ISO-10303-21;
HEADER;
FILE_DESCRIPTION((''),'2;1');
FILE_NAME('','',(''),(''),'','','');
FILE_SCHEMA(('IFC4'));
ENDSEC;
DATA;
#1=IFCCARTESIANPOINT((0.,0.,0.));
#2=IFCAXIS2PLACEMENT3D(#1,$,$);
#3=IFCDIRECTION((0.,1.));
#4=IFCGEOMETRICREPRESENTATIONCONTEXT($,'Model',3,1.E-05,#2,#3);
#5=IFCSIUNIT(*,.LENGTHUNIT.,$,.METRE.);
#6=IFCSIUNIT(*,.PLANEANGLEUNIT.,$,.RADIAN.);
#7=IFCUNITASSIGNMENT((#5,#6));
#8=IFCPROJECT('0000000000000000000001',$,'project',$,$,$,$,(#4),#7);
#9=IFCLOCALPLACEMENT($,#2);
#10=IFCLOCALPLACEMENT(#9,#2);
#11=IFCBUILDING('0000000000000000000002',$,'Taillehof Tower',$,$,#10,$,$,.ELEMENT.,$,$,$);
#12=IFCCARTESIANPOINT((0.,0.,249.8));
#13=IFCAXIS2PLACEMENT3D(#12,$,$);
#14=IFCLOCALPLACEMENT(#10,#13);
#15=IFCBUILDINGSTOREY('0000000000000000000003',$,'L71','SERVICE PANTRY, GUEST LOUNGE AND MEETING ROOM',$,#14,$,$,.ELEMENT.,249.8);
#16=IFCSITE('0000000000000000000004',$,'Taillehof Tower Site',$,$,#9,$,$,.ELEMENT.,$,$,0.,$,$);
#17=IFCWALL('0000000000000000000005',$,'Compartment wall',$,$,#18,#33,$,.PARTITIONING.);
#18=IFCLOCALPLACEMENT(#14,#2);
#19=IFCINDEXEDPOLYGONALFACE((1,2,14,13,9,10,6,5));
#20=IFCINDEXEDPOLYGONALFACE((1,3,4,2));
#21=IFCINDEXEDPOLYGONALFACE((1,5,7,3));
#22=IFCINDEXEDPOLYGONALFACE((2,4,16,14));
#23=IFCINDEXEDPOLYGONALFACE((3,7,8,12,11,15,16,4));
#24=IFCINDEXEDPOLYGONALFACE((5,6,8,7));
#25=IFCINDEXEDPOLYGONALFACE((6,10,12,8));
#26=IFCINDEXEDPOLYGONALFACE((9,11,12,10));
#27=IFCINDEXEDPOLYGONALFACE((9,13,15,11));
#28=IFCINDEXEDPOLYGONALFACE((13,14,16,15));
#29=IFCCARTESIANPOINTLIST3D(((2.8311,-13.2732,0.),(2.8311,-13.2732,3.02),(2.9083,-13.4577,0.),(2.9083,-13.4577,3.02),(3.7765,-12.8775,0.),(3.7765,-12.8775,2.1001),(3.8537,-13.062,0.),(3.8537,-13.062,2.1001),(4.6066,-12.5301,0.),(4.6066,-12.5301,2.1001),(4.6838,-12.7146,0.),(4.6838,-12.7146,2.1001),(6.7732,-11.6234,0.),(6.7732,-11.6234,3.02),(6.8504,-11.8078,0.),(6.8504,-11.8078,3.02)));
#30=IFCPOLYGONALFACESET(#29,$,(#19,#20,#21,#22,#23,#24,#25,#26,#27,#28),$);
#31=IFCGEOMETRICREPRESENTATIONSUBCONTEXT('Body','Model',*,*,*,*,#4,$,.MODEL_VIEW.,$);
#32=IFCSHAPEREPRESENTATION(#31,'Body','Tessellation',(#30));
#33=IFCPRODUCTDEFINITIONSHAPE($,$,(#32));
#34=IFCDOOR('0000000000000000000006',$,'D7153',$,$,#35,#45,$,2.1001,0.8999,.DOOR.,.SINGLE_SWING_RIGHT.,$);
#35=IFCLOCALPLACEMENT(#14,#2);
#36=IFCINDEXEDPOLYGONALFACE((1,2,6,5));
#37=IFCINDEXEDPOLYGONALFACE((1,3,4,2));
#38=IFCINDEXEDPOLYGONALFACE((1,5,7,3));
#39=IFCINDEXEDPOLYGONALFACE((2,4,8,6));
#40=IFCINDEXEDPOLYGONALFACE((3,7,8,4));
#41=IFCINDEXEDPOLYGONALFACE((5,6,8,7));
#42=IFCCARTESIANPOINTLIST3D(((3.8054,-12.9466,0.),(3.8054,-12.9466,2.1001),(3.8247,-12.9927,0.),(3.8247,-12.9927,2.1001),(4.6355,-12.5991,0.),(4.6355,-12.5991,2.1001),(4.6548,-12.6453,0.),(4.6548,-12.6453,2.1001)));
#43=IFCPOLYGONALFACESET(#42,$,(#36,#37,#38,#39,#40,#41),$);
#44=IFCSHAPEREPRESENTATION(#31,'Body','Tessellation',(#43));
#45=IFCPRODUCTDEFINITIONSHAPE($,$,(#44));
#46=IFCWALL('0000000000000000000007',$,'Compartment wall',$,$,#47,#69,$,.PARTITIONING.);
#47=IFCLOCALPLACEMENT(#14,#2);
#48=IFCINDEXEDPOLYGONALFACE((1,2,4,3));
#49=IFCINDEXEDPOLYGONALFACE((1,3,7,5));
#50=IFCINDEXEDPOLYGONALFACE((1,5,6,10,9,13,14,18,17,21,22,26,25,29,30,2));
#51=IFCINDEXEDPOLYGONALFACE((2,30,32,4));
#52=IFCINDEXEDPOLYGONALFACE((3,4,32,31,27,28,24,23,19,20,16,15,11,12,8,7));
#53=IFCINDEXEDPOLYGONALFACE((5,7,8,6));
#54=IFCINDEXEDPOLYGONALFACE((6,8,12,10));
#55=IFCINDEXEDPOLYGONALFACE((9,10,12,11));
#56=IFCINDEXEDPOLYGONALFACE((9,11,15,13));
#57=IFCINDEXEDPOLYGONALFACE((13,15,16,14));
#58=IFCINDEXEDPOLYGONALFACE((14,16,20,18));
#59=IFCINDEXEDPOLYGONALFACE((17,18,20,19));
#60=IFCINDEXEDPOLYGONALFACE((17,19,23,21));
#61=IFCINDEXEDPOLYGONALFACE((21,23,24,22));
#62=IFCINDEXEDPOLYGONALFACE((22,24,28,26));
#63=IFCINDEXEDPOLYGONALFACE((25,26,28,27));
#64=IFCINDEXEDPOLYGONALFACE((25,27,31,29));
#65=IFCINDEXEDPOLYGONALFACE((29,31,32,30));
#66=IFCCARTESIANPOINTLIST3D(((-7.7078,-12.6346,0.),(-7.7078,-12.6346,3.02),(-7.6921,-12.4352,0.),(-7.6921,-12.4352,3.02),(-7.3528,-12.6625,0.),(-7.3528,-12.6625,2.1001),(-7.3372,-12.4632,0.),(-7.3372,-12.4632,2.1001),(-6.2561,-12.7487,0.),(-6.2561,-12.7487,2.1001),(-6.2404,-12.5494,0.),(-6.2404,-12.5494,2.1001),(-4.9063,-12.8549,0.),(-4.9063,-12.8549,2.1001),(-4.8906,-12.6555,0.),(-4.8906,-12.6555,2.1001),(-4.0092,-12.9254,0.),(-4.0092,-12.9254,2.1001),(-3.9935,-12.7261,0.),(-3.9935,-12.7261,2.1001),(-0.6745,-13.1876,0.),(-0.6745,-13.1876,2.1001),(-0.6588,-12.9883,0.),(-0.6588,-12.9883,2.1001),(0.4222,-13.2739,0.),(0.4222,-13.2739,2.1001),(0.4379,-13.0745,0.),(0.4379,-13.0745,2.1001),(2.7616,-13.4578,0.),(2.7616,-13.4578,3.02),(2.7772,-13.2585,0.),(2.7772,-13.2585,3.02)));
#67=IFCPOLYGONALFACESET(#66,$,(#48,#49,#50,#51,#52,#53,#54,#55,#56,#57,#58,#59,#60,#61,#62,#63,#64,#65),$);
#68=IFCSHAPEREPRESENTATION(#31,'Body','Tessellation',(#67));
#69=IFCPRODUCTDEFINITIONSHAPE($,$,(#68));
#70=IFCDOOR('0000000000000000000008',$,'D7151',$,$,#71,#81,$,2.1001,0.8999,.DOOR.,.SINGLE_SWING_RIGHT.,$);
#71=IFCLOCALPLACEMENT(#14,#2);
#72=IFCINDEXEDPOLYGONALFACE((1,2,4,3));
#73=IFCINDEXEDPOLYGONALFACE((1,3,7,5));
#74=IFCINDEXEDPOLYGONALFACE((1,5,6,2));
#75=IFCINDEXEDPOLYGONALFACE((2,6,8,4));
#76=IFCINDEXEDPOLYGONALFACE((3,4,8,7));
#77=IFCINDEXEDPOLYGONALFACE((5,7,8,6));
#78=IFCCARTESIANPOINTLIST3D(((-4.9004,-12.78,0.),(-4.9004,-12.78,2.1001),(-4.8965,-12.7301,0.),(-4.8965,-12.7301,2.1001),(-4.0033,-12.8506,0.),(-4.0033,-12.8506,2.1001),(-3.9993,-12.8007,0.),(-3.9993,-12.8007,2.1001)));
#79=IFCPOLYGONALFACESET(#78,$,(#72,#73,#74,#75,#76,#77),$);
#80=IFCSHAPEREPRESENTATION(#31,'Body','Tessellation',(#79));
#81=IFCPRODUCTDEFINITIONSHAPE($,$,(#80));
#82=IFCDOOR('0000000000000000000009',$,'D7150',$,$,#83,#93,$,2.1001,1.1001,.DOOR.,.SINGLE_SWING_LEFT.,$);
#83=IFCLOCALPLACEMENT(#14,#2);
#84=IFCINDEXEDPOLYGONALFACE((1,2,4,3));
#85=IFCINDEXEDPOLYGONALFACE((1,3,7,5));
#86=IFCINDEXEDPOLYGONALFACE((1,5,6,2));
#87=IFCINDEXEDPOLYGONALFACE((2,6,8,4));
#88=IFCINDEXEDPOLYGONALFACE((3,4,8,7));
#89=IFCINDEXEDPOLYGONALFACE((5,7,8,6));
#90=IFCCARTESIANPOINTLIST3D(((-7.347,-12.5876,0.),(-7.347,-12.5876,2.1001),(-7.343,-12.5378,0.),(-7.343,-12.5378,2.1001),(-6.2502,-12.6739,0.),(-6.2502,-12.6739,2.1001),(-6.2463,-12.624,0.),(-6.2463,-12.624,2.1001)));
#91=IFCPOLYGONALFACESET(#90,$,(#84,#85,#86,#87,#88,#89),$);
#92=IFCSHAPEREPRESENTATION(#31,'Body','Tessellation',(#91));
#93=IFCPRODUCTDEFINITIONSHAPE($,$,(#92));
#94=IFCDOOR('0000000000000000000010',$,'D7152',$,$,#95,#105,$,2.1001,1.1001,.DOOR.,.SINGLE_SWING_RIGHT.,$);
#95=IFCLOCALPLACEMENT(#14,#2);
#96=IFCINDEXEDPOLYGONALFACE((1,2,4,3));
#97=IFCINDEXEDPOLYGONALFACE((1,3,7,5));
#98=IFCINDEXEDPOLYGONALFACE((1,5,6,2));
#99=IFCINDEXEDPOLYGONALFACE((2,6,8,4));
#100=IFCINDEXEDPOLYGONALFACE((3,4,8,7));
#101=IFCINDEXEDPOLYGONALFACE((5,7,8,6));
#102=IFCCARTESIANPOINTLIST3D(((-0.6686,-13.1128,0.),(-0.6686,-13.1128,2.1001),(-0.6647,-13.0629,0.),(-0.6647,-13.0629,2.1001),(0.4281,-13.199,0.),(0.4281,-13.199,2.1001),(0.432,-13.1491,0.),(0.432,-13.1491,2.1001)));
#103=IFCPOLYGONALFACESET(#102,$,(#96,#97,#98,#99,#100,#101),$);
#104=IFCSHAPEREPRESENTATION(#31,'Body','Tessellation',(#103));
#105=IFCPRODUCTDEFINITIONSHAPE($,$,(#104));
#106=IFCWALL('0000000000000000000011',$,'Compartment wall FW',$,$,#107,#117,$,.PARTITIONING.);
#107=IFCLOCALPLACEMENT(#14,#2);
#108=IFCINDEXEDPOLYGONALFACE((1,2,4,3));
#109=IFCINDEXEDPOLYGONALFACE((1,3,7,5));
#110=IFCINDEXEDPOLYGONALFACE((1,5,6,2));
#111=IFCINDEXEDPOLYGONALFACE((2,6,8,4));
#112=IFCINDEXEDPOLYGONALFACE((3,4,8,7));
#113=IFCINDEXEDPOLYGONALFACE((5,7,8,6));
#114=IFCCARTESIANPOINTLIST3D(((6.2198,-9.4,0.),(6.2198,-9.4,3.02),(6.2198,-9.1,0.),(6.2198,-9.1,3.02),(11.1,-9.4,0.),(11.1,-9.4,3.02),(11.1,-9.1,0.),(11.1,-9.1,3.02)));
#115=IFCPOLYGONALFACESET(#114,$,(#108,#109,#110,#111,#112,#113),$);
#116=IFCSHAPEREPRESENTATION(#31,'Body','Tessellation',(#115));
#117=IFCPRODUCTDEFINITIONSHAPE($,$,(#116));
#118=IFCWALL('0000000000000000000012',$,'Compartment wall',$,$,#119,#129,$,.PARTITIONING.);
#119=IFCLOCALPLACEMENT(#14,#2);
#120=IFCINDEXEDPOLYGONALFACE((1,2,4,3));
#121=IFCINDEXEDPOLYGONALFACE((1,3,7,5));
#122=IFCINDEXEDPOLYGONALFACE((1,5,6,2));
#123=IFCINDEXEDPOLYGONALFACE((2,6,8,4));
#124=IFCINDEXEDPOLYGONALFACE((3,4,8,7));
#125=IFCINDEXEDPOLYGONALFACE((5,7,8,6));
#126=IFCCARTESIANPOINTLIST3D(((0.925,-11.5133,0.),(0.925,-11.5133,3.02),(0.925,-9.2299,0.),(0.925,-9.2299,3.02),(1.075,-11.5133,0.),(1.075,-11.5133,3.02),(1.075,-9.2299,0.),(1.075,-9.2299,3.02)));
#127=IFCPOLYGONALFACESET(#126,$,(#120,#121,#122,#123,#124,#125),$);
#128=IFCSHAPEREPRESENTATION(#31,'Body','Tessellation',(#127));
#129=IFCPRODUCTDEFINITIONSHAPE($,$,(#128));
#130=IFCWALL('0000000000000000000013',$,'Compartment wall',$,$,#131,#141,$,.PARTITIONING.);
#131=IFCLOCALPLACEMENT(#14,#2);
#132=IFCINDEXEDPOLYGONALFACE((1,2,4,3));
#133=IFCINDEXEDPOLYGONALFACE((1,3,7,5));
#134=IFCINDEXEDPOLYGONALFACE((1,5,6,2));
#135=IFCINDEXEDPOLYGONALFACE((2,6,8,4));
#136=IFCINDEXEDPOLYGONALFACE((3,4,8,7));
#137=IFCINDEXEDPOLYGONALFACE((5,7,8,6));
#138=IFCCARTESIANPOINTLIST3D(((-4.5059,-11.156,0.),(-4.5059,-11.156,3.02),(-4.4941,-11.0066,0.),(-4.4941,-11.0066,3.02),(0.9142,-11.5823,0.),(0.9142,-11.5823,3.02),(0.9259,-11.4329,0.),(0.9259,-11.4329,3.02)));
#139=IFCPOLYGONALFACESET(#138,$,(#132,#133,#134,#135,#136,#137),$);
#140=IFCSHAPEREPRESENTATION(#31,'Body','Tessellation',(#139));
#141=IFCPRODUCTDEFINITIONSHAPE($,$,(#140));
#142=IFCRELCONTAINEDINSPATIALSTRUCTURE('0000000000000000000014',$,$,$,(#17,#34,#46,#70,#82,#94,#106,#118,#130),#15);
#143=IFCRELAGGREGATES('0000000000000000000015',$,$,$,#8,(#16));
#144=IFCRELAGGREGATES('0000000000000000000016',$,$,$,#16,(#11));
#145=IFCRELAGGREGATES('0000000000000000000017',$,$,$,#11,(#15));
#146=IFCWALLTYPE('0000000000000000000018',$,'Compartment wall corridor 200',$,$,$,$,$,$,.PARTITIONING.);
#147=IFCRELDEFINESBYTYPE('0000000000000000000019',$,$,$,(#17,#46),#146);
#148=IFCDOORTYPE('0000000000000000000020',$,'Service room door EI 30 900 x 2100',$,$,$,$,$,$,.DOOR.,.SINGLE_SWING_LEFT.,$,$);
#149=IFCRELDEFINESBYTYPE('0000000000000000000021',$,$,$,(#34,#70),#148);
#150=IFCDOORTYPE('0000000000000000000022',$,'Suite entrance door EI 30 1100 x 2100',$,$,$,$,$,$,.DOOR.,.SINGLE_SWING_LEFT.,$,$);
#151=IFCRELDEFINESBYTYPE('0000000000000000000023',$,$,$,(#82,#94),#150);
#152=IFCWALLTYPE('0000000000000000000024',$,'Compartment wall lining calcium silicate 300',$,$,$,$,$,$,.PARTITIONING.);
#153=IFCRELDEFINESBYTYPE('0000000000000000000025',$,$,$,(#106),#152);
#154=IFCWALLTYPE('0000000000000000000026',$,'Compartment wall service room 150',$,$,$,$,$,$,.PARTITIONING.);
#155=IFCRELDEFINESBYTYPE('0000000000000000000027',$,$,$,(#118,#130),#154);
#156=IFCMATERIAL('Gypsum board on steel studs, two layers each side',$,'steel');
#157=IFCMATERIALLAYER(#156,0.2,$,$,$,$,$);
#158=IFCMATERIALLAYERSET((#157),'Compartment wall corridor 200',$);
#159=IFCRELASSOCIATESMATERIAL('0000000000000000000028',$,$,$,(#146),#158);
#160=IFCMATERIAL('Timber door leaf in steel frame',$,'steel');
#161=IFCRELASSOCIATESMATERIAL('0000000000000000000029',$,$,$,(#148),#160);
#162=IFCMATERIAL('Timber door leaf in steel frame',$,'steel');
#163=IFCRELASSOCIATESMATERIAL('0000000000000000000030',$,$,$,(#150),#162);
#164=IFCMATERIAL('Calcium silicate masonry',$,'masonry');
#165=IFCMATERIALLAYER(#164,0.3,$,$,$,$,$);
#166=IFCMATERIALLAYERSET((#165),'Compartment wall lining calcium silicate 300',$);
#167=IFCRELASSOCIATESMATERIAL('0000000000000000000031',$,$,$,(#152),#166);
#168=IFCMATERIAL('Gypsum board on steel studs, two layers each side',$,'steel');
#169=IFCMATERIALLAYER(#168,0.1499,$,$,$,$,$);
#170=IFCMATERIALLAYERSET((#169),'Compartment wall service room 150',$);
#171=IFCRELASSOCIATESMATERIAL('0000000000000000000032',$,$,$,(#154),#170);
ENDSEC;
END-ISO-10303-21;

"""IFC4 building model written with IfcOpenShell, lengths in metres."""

from ifc_helpers import new_model, si_unit, direction, frame, frame_2d, origin, place, context, subcontext, project, spatial, rectangle, extrude, material, layer, layer_set, type_object, element, fill, save


model = new_model("IFC4")

# Units and contexts
model_context = context("Model", 3, precision=1e-05, world=origin(), true_north=direction((0.0, 1.0)))
body_context = subcontext(model_context, "Body", "Model", "MODEL_VIEW")
ifc_project = project(units=[si_unit("LENGTHUNIT", "METRE"), si_unit("PLANEANGLEUNIT", "RADIAN")], contexts=[model_context])

# Site, building, storey
site_placement = place(None, origin())
site = spatial("IfcSite", under=ifc_project, at=site_placement, Name="Taillehof Tower Site", CompositionType="ELEMENT", RefElevation=0.0)
building_placement = place(site_placement, origin())
building = spatial("IfcBuilding", under=site, at=building_placement, Name="Taillehof Tower", CompositionType="ELEMENT")
storey_placement = place(building_placement, frame((0.0, 0.0, 249.8)))
storey = spatial("IfcBuildingStorey", under=building, at=storey_placement, Name="L71", Description="SERVICE PANTRY, GUEST LOUNGE AND MEETING ROOM", CompositionType="ELEMENT", Elevation=249.8)

# Wall, opening, door
ifc_material_1 = material(Name="Gypsum board on steel studs, two layers each side", Category="steel")
ifc_layer_1 = layer(ifc_material_1, 0.2)
ifc_layer_set_1 = layer_set([ifc_layer_1], Name="Compartment wall corridor 200")
wall_type_1 = type_object("IfcWallType", Name="Compartment wall corridor 200", PredefinedType="PARTITIONING", material=ifc_layer_set_1)
wall_1_placement = place(storey_placement, frame((6.8118, -11.7156, 0.0), z_axis=(0.0, 0.0, 1.0), x_axis=(-0.922466, -0.386079, 0.0)))
wall_1 = element("IfcWall", 1, at=wall_1_placement, inside=storey, type_object=wall_type_1, Name="Compartment wall", PredefinedType="PARTITIONING", context=body_context, shape_type="SweptSolid", body=[
    extrude(rectangle(XDim=4.2734, YDim=0.2, at=frame_2d((2.1367, 0.0))), origin(), (0.0, 0.0, 1.0), 3.02),
])
opening_1_placement = place(wall_1_placement, frame((2.3486, 0.0, 0.0)))
opening_1 = element("IfcOpeningElement", 2, at=opening_1_placement, cuts=wall_1, PredefinedType="OPENING", context=body_context, shape_type="SweptSolid", body=[
    extrude(rectangle(XDim=0.8999, YDim=2.1001, at=frame_2d((0.45, 1.05))), frame((0.0, 0.1099, 0.0), z_axis=(0.0, -1.0, 0.0), x_axis=(1.0, 0.0, 0.0)), (0.0, 0.0, 1.0), 0.22),
])
ifc_material_2 = material(Name="Timber door leaf in steel frame", Category="steel")
door_type_1 = type_object("IfcDoorType", Name="Service room door EI 30 900 x 2100", OperationType="SINGLE_SWING_LEFT", PredefinedType="DOOR", material=ifc_material_2)
door_1_placement = place(opening_1_placement, origin())
door_1 = element("IfcDoor", 3, at=door_1_placement, inside=storey, type_object=door_type_1, Name="D7153", OperationType="SINGLE_SWING_RIGHT", OverallHeight=2.1001, OverallWidth=0.8999, PredefinedType="DOOR", context=body_context, shape_type="SweptSolid", body=[
    extrude(rectangle(XDim=0.8999, YDim=2.1001, at=frame_2d((0.45, 1.05))), frame((0.0, 0.0249, 0.0), z_axis=(0.0, -1.0, 0.0), x_axis=(1.0, 0.0, 0.0)), (0.0, 0.0, 1.0), 0.05),
])
fill(opening_1, door_1)

# Wall, openings, doors
wall_2_placement = place(storey_placement, frame((2.7695, -13.3582, 0.0), z_axis=(0.0, 0.0, 1.0), x_axis=(-0.996923, 0.078391, 0.0)))
wall_2 = element("IfcWall", 4, at=wall_2_placement, inside=storey, type_object=wall_type_1, Name="Compartment wall", PredefinedType="PARTITIONING", context=body_context, shape_type="SweptSolid", body=[
    extrude(rectangle(XDim=10.5017, YDim=0.2, at=frame_2d((5.251, 0.0))), origin(), (0.0, 0.0, 1.0), 3.02),
])
opening_2_placement = place(wall_2_placement, frame((9.0457, 0.0, 0.0)))
opening_2 = element("IfcOpeningElement", 5, at=opening_2_placement, cuts=wall_2, PredefinedType="OPENING", context=body_context, shape_type="SweptSolid", body=[
    extrude(rectangle(XDim=1.1001, YDim=2.1001, at=frame_2d((0.55, 1.05))), frame((0.0, 0.1099, 0.0), z_axis=(0.0, -1.0, 0.0), x_axis=(1.0, 0.0, 0.0)), (0.0, 0.0, 1.0), 0.22),
])
opening_3_placement = place(wall_2_placement, frame((6.7917, 0.0, 0.0)))
opening_3 = element("IfcOpeningElement", 6, at=opening_3_placement, cuts=wall_2, PredefinedType="OPENING", context=body_context, shape_type="SweptSolid", body=[
    extrude(rectangle(XDim=0.8999, YDim=2.1001, at=frame_2d((0.45, 1.05))), frame((0.0, 0.1099, 0.0), z_axis=(0.0, -1.0, 0.0), x_axis=(1.0, 0.0, 0.0)), (0.0, 0.0, 1.0), 0.22),
])
opening_4_placement = place(wall_2_placement, frame((2.3467, 0.0, 0.0)))
opening_4 = element("IfcOpeningElement", 7, at=opening_4_placement, cuts=wall_2, PredefinedType="OPENING", context=body_context, shape_type="SweptSolid", body=[
    extrude(rectangle(XDim=1.1001, YDim=2.1001, at=frame_2d((0.55, 1.05))), frame((0.0, 0.1099, 0.0), z_axis=(0.0, -1.0, 0.0), x_axis=(1.0, 0.0, 0.0)), (0.0, 0.0, 1.0), 0.22),
])
door_2_placement = place(opening_3_placement, origin())
door_2 = element("IfcDoor", 8, at=door_2_placement, inside=storey, type_object=door_type_1, Name="D7151", OperationType="SINGLE_SWING_RIGHT", OverallHeight=2.1001, OverallWidth=0.8999, PredefinedType="DOOR", context=body_context, shape_type="SweptSolid", body=[
    extrude(rectangle(XDim=0.8999, YDim=2.1001, at=frame_2d((0.45, 1.05))), frame((0.0, 0.0249, 0.0), z_axis=(0.0, -1.0, 0.0), x_axis=(1.0, 0.0, 0.0)), (0.0, 0.0, 1.0), 0.05),
])
fill(opening_3, door_2)
ifc_material_3 = material(Name="Timber door leaf in steel frame", Category="steel")
door_type_2 = type_object("IfcDoorType", Name="Suite entrance door EI 30 1100 x 2100", OperationType="SINGLE_SWING_LEFT", PredefinedType="DOOR", material=ifc_material_3)
door_3_placement = place(opening_2_placement, origin())
door_3 = element("IfcDoor", 9, at=door_3_placement, inside=storey, type_object=door_type_2, Name="D7150", OperationType="SINGLE_SWING_LEFT", OverallHeight=2.1001, OverallWidth=1.1001, PredefinedType="DOOR", context=body_context, shape_type="SweptSolid", body=[
    extrude(rectangle(XDim=1.1001, YDim=2.1001, at=frame_2d((0.55, 1.05))), frame((0.0, 0.0249, 0.0), z_axis=(0.0, -1.0, 0.0), x_axis=(1.0, 0.0, 0.0)), (0.0, 0.0, 1.0), 0.05),
])
fill(opening_2, door_3)
door_4_placement = place(opening_4_placement, origin())
door_4 = element("IfcDoor", 10, at=door_4_placement, inside=storey, type_object=door_type_2, Name="D7152", OperationType="SINGLE_SWING_RIGHT", OverallHeight=2.1001, OverallWidth=1.1001, PredefinedType="DOOR", context=body_context, shape_type="SweptSolid", body=[
    extrude(rectangle(XDim=1.1001, YDim=2.1001, at=frame_2d((0.55, 1.05))), frame((0.0, 0.0249, 0.0), z_axis=(0.0, -1.0, 0.0), x_axis=(1.0, 0.0, 0.0)), (0.0, 0.0, 1.0), 0.05),
])
fill(opening_4, door_4)

# Walls
ifc_material_4 = material(Name="Calcium silicate masonry", Category="masonry")
ifc_layer_2 = layer(ifc_material_4, 0.3)
ifc_layer_set_2 = layer_set([ifc_layer_2], Name="Compartment wall lining calcium silicate 300")
wall_type_2 = type_object("IfcWallType", Name="Compartment wall lining calcium silicate 300", PredefinedType="PARTITIONING", material=ifc_layer_set_2)
wall_3_placement = place(storey_placement, frame((6.22, -9.25, 0.0), z_axis=(0.0, 0.0, 1.0), x_axis=(1.0, 0.0, 0.0)))
element("IfcWall", 11, at=wall_3_placement, inside=storey, type_object=wall_type_2, Name="Compartment wall FW", PredefinedType="PARTITIONING", context=body_context, shape_type="SweptSolid", body=[
    extrude(rectangle(XDim=4.8801, YDim=0.3, at=frame_2d((2.4399, 0.0))), origin(), (0.0, 0.0, 1.0), 3.02),
])
ifc_material_5 = material(Name="Gypsum board on steel studs, two layers each side", Category="steel")
ifc_layer_3 = layer(ifc_material_5, 0.1499)
ifc_layer_set_3 = layer_set([ifc_layer_3], Name="Compartment wall service room 150")
wall_type_3 = type_object("IfcWallType", Name="Compartment wall service room 150", PredefinedType="PARTITIONING", material=ifc_layer_set_3)
wall_4_placement = place(storey_placement, frame((1.0, -9.23, 0.0), z_axis=(0.0, 0.0, 1.0), x_axis=(0.0, -1.0, 0.0)))
element("IfcWall", 12, at=wall_4_placement, inside=storey, type_object=wall_type_3, Name="Compartment wall", PredefinedType="PARTITIONING", context=body_context, shape_type="SweptSolid", body=[
    extrude(rectangle(XDim=2.2834, YDim=0.1499, at=frame_2d((1.1416, 0.0))), origin(), (0.0, 0.0, 1.0), 3.02),
])
wall_5_placement = place(storey_placement, frame((0.9199, -11.5076, 0.0), z_axis=(0.0, 0.0, 1.0), x_axis=(-0.996921, 0.078407, 0.0)))
element("IfcWall", 13, at=wall_5_placement, inside=storey, type_object=wall_type_3, Name="Compartment wall", PredefinedType="PARTITIONING", context=body_context, shape_type="SweptSolid", body=[
    extrude(rectangle(XDim=5.4368, YDim=0.1499, at=frame_2d((2.7183, 0.0))), origin(), (0.0, 0.0, 1.0), 3.02),
])

save(model, "model.ifc")
